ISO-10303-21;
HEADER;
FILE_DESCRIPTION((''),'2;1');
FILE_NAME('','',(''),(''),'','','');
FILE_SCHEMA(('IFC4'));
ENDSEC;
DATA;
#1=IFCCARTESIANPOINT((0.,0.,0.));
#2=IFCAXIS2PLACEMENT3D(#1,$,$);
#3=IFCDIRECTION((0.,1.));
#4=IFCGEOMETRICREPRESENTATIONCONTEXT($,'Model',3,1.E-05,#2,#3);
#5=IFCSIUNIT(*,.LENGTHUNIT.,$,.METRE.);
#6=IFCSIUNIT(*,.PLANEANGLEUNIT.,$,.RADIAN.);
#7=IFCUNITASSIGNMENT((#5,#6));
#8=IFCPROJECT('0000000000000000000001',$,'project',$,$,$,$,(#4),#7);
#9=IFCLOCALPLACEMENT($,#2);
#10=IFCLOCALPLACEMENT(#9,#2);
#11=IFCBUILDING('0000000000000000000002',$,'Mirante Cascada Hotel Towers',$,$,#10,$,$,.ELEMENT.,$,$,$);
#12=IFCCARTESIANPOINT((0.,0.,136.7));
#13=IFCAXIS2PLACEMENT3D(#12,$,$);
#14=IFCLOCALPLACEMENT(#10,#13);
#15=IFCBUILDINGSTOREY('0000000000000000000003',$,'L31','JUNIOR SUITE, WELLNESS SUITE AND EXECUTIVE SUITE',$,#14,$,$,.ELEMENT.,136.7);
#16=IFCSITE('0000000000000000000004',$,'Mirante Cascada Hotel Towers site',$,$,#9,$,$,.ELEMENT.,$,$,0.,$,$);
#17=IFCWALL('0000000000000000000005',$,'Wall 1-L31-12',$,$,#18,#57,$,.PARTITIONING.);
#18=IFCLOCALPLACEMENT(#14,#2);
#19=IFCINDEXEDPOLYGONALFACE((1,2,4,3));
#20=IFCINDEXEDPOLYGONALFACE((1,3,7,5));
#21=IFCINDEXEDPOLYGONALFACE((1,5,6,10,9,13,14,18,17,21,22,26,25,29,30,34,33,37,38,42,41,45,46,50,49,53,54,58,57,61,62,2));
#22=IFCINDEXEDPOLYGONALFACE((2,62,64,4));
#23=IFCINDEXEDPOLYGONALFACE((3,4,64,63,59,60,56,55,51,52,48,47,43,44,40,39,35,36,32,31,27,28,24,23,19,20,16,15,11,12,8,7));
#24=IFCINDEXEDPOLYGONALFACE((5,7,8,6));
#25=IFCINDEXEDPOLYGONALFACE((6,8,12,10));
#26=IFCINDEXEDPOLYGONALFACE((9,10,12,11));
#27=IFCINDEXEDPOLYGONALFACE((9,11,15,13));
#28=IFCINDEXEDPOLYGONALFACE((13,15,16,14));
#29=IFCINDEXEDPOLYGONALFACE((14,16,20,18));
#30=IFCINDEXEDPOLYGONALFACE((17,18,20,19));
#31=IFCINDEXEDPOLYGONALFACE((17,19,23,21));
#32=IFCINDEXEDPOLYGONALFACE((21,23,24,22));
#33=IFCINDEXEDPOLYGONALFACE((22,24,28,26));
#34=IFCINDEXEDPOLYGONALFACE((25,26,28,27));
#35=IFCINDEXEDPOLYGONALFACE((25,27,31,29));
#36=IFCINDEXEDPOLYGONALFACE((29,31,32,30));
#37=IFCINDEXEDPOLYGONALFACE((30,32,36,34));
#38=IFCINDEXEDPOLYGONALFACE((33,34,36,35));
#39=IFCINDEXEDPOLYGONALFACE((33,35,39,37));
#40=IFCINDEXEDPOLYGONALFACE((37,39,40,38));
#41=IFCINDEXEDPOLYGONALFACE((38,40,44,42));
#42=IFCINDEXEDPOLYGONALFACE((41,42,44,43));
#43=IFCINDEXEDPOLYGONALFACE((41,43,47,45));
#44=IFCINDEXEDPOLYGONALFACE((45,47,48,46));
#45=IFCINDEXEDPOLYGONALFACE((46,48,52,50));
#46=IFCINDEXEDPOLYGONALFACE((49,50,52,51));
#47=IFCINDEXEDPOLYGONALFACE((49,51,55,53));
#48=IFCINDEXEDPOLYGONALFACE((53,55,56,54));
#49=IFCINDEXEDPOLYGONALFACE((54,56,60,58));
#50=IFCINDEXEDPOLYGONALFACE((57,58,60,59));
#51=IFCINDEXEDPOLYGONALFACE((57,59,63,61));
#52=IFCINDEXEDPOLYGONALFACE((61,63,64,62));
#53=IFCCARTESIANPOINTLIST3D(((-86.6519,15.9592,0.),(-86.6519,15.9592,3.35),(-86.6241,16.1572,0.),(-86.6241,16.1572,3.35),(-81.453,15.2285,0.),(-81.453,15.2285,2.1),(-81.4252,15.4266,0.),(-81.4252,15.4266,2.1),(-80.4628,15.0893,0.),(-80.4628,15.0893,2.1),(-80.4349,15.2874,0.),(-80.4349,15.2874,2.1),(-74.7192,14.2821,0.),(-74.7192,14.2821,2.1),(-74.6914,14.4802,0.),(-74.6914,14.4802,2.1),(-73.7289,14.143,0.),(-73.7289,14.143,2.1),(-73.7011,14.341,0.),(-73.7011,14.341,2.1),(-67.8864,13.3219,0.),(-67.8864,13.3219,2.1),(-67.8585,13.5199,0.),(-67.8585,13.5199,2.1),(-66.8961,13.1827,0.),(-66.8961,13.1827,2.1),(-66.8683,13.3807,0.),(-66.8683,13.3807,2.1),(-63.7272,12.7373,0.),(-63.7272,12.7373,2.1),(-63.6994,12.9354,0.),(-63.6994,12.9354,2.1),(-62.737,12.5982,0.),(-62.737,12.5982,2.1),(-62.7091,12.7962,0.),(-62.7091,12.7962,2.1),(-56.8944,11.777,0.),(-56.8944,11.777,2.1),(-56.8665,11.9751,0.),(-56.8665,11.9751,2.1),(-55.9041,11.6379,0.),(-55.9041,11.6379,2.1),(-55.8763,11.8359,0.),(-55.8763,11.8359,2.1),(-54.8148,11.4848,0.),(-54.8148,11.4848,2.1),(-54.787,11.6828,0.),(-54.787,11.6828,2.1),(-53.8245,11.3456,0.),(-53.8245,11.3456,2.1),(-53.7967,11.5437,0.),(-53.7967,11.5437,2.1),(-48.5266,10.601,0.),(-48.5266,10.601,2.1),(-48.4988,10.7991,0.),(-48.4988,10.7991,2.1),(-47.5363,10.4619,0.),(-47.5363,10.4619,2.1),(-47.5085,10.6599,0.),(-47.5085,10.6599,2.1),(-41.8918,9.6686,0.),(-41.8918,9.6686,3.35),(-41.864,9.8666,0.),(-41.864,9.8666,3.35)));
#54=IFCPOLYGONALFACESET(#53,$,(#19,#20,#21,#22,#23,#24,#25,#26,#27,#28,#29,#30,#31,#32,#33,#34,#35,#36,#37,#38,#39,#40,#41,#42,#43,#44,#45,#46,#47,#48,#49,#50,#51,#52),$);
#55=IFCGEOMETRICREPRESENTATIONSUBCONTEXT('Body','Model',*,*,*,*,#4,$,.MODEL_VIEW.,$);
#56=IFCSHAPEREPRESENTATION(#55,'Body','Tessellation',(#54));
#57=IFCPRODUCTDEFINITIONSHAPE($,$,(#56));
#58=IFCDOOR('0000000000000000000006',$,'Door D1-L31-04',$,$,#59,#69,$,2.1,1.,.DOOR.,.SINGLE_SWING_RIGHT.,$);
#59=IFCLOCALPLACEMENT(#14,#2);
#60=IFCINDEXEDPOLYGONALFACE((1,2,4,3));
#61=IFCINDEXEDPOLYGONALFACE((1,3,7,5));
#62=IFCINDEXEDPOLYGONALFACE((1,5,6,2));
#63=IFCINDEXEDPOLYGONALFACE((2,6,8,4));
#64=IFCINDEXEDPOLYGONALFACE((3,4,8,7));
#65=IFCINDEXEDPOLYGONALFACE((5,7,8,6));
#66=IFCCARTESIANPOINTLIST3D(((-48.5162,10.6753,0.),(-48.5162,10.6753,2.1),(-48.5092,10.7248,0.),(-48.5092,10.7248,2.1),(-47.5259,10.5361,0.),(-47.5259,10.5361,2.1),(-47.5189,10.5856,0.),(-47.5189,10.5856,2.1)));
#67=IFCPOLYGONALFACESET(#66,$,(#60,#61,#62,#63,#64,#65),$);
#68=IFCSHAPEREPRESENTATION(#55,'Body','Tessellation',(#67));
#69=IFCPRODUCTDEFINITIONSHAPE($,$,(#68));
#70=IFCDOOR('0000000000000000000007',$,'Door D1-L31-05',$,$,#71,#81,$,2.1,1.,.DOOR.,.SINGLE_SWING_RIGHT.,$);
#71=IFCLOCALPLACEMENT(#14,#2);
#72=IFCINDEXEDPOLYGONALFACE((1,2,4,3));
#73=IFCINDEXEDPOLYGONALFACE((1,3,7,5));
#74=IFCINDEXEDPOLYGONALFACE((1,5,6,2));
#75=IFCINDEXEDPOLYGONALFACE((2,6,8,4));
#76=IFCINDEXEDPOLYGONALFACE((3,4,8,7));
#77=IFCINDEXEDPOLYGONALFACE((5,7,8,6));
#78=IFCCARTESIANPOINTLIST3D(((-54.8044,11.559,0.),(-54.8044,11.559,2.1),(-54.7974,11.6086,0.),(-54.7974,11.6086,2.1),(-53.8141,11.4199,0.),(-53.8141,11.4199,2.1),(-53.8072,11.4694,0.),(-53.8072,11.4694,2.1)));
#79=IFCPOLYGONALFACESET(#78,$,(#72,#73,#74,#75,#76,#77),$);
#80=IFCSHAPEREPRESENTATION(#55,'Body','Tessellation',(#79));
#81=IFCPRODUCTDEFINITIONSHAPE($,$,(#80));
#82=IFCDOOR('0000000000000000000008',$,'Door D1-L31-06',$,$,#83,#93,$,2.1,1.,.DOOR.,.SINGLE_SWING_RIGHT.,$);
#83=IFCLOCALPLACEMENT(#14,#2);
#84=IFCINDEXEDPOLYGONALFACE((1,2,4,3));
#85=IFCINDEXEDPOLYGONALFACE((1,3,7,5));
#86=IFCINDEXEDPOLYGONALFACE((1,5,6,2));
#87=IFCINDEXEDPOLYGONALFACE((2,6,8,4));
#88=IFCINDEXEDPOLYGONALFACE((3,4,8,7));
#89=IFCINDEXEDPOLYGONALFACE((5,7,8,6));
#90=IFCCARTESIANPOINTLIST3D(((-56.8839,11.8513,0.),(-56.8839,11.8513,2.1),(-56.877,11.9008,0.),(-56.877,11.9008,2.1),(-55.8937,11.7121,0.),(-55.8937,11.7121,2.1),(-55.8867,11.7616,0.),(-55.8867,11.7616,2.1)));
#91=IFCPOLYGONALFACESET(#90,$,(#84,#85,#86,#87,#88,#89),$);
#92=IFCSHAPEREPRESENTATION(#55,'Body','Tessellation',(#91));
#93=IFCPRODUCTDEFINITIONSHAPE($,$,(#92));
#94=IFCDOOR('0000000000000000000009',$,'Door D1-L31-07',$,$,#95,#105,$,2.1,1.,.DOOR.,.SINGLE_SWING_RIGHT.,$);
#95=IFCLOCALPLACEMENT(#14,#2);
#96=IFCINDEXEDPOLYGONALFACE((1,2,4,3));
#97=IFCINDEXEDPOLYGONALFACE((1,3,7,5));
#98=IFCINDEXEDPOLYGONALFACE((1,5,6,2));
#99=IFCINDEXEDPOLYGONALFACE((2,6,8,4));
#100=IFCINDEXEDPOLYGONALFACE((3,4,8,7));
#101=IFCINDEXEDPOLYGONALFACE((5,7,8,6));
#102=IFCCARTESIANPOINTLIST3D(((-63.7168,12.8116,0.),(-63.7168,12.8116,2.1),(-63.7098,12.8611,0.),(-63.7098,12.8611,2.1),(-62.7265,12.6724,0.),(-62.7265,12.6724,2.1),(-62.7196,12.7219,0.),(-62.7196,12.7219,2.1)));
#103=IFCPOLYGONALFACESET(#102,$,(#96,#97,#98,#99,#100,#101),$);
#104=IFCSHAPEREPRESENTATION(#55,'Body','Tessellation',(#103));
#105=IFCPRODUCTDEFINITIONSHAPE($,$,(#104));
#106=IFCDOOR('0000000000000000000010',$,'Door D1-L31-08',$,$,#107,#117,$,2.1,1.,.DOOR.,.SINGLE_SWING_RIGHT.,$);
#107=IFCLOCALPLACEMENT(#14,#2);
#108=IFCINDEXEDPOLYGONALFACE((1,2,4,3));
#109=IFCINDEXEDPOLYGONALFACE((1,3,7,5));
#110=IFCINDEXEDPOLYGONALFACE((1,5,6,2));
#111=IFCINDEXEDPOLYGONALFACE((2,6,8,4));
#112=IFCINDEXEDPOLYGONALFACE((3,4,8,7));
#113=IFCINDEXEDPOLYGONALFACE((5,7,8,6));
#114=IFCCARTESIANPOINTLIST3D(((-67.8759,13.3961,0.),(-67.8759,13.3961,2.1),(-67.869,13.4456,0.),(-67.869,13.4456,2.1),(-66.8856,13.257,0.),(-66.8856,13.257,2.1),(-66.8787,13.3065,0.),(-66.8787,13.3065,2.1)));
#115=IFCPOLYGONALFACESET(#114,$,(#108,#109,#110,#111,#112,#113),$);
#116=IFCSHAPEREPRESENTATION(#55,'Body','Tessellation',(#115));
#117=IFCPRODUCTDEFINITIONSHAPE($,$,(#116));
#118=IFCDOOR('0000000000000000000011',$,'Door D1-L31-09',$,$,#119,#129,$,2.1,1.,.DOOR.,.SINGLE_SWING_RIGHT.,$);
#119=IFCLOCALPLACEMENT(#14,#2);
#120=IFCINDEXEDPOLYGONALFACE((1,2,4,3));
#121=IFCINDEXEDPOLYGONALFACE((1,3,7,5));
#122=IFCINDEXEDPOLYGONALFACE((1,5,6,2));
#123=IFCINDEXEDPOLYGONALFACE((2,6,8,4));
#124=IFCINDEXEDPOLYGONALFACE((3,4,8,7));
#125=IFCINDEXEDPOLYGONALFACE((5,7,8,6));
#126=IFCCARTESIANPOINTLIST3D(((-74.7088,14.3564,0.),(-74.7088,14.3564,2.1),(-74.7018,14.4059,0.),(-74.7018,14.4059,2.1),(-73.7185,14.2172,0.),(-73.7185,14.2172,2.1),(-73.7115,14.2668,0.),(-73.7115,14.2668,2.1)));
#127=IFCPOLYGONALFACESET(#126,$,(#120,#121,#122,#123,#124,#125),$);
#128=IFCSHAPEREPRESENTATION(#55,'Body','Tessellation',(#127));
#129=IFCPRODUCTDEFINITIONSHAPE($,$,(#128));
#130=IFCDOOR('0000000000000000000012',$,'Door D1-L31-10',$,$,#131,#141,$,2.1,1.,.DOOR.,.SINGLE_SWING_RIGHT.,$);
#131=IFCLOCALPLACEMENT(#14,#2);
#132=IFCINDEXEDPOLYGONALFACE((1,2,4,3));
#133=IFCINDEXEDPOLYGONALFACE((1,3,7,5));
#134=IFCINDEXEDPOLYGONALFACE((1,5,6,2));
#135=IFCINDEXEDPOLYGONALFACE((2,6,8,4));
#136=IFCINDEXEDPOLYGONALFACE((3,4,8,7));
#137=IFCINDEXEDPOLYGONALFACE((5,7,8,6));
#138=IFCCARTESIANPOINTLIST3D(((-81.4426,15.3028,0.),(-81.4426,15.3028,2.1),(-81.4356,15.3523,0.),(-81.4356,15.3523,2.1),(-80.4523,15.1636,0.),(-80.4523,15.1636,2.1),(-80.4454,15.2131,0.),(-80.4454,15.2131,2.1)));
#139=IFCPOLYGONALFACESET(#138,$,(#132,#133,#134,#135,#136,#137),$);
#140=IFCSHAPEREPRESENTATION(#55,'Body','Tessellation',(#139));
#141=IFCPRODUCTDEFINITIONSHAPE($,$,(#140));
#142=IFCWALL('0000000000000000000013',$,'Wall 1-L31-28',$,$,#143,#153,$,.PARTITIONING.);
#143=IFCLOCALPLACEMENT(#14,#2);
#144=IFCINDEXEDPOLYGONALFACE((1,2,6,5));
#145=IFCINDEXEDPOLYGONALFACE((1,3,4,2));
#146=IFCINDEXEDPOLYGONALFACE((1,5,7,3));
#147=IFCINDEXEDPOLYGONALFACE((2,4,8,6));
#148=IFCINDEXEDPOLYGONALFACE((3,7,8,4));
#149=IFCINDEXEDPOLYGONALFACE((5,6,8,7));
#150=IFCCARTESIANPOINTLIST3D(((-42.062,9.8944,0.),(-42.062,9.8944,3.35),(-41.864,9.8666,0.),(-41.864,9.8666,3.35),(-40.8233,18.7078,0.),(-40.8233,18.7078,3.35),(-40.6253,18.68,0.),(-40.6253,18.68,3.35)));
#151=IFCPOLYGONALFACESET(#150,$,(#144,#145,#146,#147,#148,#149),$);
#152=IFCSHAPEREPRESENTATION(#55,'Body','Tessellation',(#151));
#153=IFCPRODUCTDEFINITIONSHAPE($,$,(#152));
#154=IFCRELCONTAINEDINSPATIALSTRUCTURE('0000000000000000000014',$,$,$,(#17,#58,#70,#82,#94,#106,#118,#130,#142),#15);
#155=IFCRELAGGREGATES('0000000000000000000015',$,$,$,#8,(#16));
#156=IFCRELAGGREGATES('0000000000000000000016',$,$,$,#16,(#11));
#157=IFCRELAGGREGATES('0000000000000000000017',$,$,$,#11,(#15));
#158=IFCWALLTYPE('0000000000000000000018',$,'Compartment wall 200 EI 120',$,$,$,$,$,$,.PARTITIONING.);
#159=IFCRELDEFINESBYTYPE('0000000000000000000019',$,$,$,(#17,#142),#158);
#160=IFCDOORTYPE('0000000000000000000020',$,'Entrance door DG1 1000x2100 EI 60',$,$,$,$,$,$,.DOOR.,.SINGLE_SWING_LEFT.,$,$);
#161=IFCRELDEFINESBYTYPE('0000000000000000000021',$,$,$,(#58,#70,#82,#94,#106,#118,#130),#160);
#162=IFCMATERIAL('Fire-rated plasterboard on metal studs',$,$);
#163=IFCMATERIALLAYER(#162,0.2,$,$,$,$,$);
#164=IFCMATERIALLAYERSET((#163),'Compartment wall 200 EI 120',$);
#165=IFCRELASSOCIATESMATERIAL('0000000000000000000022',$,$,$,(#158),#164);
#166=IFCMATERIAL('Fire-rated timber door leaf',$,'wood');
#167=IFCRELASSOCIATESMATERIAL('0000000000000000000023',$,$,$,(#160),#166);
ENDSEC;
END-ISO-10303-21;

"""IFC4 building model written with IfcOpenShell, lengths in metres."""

from ifc_helpers import new_model, si_unit, direction, frame, frame_2d, origin, place, context, subcontext, project, spatial, rectangle, extrude, material, layer, layer_set, type_object, element, fill, save


model = new_model("IFC4")

# Units and contexts
model_context = context("Model", 3, precision=1e-05, world=origin(), true_north=direction((0.0, 1.0)))
body_context = subcontext(model_context, "Body", "Model", "MODEL_VIEW")
ifc_project = project(units=[si_unit("LENGTHUNIT", "METRE"), si_unit("PLANEANGLEUNIT", "RADIAN")], contexts=[model_context])

# Site, building, storey
site_placement = place(None, origin())
site = spatial("IfcSite", under=ifc_project, at=site_placement, Name="Mirante Cascada Hotel Towers site", CompositionType="ELEMENT", RefElevation=0.0)
building_placement = place(site_placement, origin())
building = spatial("IfcBuilding", under=site, at=building_placement, Name="Mirante Cascada Hotel Towers", CompositionType="ELEMENT")
storey_placement = place(building_placement, frame((0.0, 0.0, 136.7)))
storey = spatial("IfcBuildingStorey", under=building, at=storey_placement, Name="L31", Description="JUNIOR SUITE, WELLNESS SUITE AND EXECUTIVE SUITE", CompositionType="ELEMENT", Elevation=136.7)

# Shared definitions
ifc_material_1 = material(Name="Fire-rated plasterboard on metal studs")
ifc_layer_1 = layer(ifc_material_1, 0.2)
ifc_layer_set_1 = layer_set([ifc_layer_1], Name="Compartment wall 200 EI 120")
wall_type_1 = type_object("IfcWallType", Name="Compartment wall 200 EI 120", PredefinedType="PARTITIONING", material=ifc_layer_set_1)

# Wall, openings, doors
wall_1_placement = place(storey_placement, frame((-41.8779, 9.7676, 0.0), z_axis=(0.0, 0.0, 1.0), x_axis=(-0.990268, 0.139173, 0.0)))
wall_1 = element("IfcWall", 1, at=wall_1_placement, inside=storey, type_object=wall_type_1, Name="Wall 1-L31-12", PredefinedType="PARTITIONING", context=body_context, shape_type="SweptSolid", body=[
    extrude(rectangle(XDim=45.2, YDim=0.2, at=frame_2d((22.6, 0.0))), origin(), (0.0, 0.0, 1.0), 3.35),
])
opening_1_placement = place(wall_1_placement, frame((5.7, 0.0, 0.0)))
opening_1 = element("IfcOpeningElement", 2, at=opening_1_placement, cuts=wall_1, PredefinedType="OPENING", context=body_context, shape_type="SweptSolid", body=[
    extrude(rectangle(XDim=1.0, YDim=2.1, at=frame_2d((0.5, 1.05))), frame((0.0, 0.1, 0.0), z_axis=(0.0, -1.0, 0.0), x_axis=(1.0, 0.0, 0.0)), (0.0, 0.0, 1.0), 0.2),
])
opening_2_placement = place(wall_1_placement, frame((12.05, 0.0, 0.0)))
opening_2 = element("IfcOpeningElement", 3, at=opening_2_placement, cuts=wall_1, PredefinedType="OPENING", context=body_context, shape_type="SweptSolid", body=[
    extrude(rectangle(XDim=1.0, YDim=2.1, at=frame_2d((0.5, 1.05))), frame((0.0, 0.1, 0.0), z_axis=(0.0, -1.0, 0.0), x_axis=(1.0, 0.0, 0.0)), (0.0, 0.0, 1.0), 0.2),
])
opening_3_placement = place(wall_1_placement, frame((14.15, 0.0, 0.0)))
opening_3 = element("IfcOpeningElement", 4, at=opening_3_placement, cuts=wall_1, PredefinedType="OPENING", context=body_context, shape_type="SweptSolid", body=[
    extrude(rectangle(XDim=1.0, YDim=2.1, at=frame_2d((0.5, 1.05))), frame((0.0, 0.1, 0.0), z_axis=(0.0, -1.0, 0.0), x_axis=(1.0, 0.0, 0.0)), (0.0, 0.0, 1.0), 0.2),
])
opening_4_placement = place(wall_1_placement, frame((21.05, 0.0, 0.0)))
opening_4 = element("IfcOpeningElement", 5, at=opening_4_placement, cuts=wall_1, PredefinedType="OPENING", context=body_context, shape_type="SweptSolid", body=[
    extrude(rectangle(XDim=1.0, YDim=2.1, at=frame_2d((0.5, 1.05))), frame((0.0, 0.1, 0.0), z_axis=(0.0, -1.0, 0.0), x_axis=(1.0, 0.0, 0.0)), (0.0, 0.0, 1.0), 0.2),
])
opening_5_placement = place(wall_1_placement, frame((25.25, 0.0, 0.0)))
opening_5 = element("IfcOpeningElement", 6, at=opening_5_placement, cuts=wall_1, PredefinedType="OPENING", context=body_context, shape_type="SweptSolid", body=[
    extrude(rectangle(XDim=1.0, YDim=2.1, at=frame_2d((0.5, 1.05))), frame((0.0, 0.1, 0.0), z_axis=(0.0, -1.0, 0.0), x_axis=(1.0, 0.0, 0.0)), (0.0, 0.0, 1.0), 0.2),
])
opening_6_placement = place(wall_1_placement, frame((32.15, 0.0, 0.0)))
opening_6 = element("IfcOpeningElement", 7, at=opening_6_placement, cuts=wall_1, PredefinedType="OPENING", context=body_context, shape_type="SweptSolid", body=[
    extrude(rectangle(XDim=1.0, YDim=2.1, at=frame_2d((0.5, 1.05))), frame((0.0, 0.1, 0.0), z_axis=(0.0, -1.0, 0.0), x_axis=(1.0, 0.0, 0.0)), (0.0, 0.0, 1.0), 0.2),
])
opening_7_placement = place(wall_1_placement, frame((38.95, 0.0, 0.0)))
opening_7 = element("IfcOpeningElement", 8, at=opening_7_placement, cuts=wall_1, PredefinedType="OPENING", context=body_context, shape_type="SweptSolid", body=[
    extrude(rectangle(XDim=1.0, YDim=2.1, at=frame_2d((0.5, 1.05))), frame((0.0, 0.1, 0.0), z_axis=(0.0, -1.0, 0.0), x_axis=(1.0, 0.0, 0.0)), (0.0, 0.0, 1.0), 0.2),
])
ifc_material_2 = material(Name="Fire-rated timber door leaf", Category="wood")
door_type_1 = type_object("IfcDoorType", Name="Entrance door DG1 1000x2100 EI 60", OperationType="SINGLE_SWING_LEFT", PredefinedType="DOOR", material=ifc_material_2)
door_1_placement = place(opening_1_placement, frame((1.0, 0.0, 0.0), z_axis=(0.0, 0.0, 1.0), x_axis=(-1.0, 0.0, 0.0)))
door_1 = element("IfcDoor", 9, at=door_1_placement, inside=storey, type_object=door_type_1, Name="Door D1-L31-04", OperationType="SINGLE_SWING_RIGHT", OverallHeight=2.1, OverallWidth=1.0, PredefinedType="DOOR", context=body_context, shape_type="SweptSolid", body=[
    extrude(rectangle(XDim=1.0, YDim=2.1, at=frame_2d((0.5, 1.05))), frame((0.0, 0.025, 0.0), z_axis=(0.0, -1.0, 0.0), x_axis=(1.0, 0.0, 0.0)), (0.0, 0.0, 1.0), 0.05),
])
fill(opening_1, door_1)
door_2_placement = place(opening_2_placement, frame((1.0, 0.0, 0.0), z_axis=(0.0, 0.0, 1.0), x_axis=(-1.0, 0.0, 0.0)))
door_2 = element("IfcDoor", 10, at=door_2_placement, inside=storey, type_object=door_type_1, Name="Door D1-L31-05", OperationType="SINGLE_SWING_RIGHT", OverallHeight=2.1, OverallWidth=1.0, PredefinedType="DOOR", context=body_context, shape_type="SweptSolid", body=[
    extrude(rectangle(XDim=1.0, YDim=2.1, at=frame_2d((0.5, 1.05))), frame((0.0, 0.025, 0.0), z_axis=(0.0, -1.0, 0.0), x_axis=(1.0, 0.0, 0.0)), (0.0, 0.0, 1.0), 0.05),
])
fill(opening_2, door_2)
door_3_placement = place(opening_3_placement, frame((1.0, 0.0, 0.0), z_axis=(0.0, 0.0, 1.0), x_axis=(-1.0, 0.0, 0.0)))
door_3 = element("IfcDoor", 11, at=door_3_placement, inside=storey, type_object=door_type_1, Name="Door D1-L31-06", OperationType="SINGLE_SWING_RIGHT", OverallHeight=2.1, OverallWidth=1.0, PredefinedType="DOOR", context=body_context, shape_type="SweptSolid", body=[
    extrude(rectangle(XDim=1.0, YDim=2.1, at=frame_2d((0.5, 1.05))), frame((0.0, 0.025, 0.0), z_axis=(0.0, -1.0, 0.0), x_axis=(1.0, 0.0, 0.0)), (0.0, 0.0, 1.0), 0.05),
])
fill(opening_3, door_3)
door_4_placement = place(opening_4_placement, frame((1.0, 0.0, 0.0), z_axis=(0.0, 0.0, 1.0), x_axis=(-1.0, 0.0, 0.0)))
door_4 = element("IfcDoor", 12, at=door_4_placement, inside=storey, type_object=door_type_1, Name="Door D1-L31-07", OperationType="SINGLE_SWING_RIGHT", OverallHeight=2.1, OverallWidth=1.0, PredefinedType="DOOR", context=body_context, shape_type="SweptSolid", body=[
    extrude(rectangle(XDim=1.0, YDim=2.1, at=frame_2d((0.5, 1.05))), frame((0.0, 0.025, 0.0), z_axis=(0.0, -1.0, 0.0), x_axis=(1.0, 0.0, 0.0)), (0.0, 0.0, 1.0), 0.05),
])
fill(opening_4, door_4)
door_5_placement = place(opening_5_placement, frame((1.0, 0.0, 0.0), z_axis=(0.0, 0.0, 1.0), x_axis=(-1.0, 0.0, 0.0)))
door_5 = element("IfcDoor", 13, at=door_5_placement, inside=storey, type_object=door_type_1, Name="Door D1-L31-08", OperationType="SINGLE_SWING_RIGHT", OverallHeight=2.1, OverallWidth=1.0, PredefinedType="DOOR", context=body_context, shape_type="SweptSolid", body=[
    extrude(rectangle(XDim=1.0, YDim=2.1, at=frame_2d((0.5, 1.05))), frame((0.0, 0.025, 0.0), z_axis=(0.0, -1.0, 0.0), x_axis=(1.0, 0.0, 0.0)), (0.0, 0.0, 1.0), 0.05),
])
fill(opening_5, door_5)
door_6_placement = place(opening_6_placement, frame((1.0, 0.0, 0.0), z_axis=(0.0, 0.0, 1.0), x_axis=(-1.0, 0.0, 0.0)))
door_6 = element("IfcDoor", 14, at=door_6_placement, inside=storey, type_object=door_type_1, Name="Door D1-L31-09", OperationType="SINGLE_SWING_RIGHT", OverallHeight=2.1, OverallWidth=1.0, PredefinedType="DOOR", context=body_context, shape_type="SweptSolid", body=[
    extrude(rectangle(XDim=1.0, YDim=2.1, at=frame_2d((0.5, 1.05))), frame((0.0, 0.025, 0.0), z_axis=(0.0, -1.0, 0.0), x_axis=(1.0, 0.0, 0.0)), (0.0, 0.0, 1.0), 0.05),
])
fill(opening_6, door_6)
door_7_placement = place(opening_7_placement, frame((1.0, 0.0, 0.0), z_axis=(0.0, 0.0, 1.0), x_axis=(-1.0, 0.0, 0.0)))
door_7 = element("IfcDoor", 15, at=door_7_placement, inside=storey, type_object=door_type_1, Name="Door D1-L31-10", OperationType="SINGLE_SWING_RIGHT", OverallHeight=2.1, OverallWidth=1.0, PredefinedType="DOOR", context=body_context, shape_type="SweptSolid", body=[
    extrude(rectangle(XDim=1.0, YDim=2.1, at=frame_2d((0.5, 1.05))), frame((0.0, 0.025, 0.0), z_axis=(0.0, -1.0, 0.0), x_axis=(1.0, 0.0, 0.0)), (0.0, 0.0, 1.0), 0.05),
])
fill(opening_7, door_7)

# Wall
wall_2_placement = place(storey_placement, frame((-41.963, 9.8805, 0.0), z_axis=(0.0, 0.0, 1.0), x_axis=(0.139179, 0.990267, 0.0)))
element("IfcWall", 16, at=wall_2_placement, inside=storey, type_object=wall_type_1, Name="Wall 1-L31-28", PredefinedType="PARTITIONING", context=body_context, shape_type="SweptSolid", body=[
    extrude(rectangle(XDim=8.9, YDim=0.2, at=frame_2d((4.45, 0.0))), origin(), (0.0, 0.0, 1.0), 3.35),
])

save(model, "model.ifc")
